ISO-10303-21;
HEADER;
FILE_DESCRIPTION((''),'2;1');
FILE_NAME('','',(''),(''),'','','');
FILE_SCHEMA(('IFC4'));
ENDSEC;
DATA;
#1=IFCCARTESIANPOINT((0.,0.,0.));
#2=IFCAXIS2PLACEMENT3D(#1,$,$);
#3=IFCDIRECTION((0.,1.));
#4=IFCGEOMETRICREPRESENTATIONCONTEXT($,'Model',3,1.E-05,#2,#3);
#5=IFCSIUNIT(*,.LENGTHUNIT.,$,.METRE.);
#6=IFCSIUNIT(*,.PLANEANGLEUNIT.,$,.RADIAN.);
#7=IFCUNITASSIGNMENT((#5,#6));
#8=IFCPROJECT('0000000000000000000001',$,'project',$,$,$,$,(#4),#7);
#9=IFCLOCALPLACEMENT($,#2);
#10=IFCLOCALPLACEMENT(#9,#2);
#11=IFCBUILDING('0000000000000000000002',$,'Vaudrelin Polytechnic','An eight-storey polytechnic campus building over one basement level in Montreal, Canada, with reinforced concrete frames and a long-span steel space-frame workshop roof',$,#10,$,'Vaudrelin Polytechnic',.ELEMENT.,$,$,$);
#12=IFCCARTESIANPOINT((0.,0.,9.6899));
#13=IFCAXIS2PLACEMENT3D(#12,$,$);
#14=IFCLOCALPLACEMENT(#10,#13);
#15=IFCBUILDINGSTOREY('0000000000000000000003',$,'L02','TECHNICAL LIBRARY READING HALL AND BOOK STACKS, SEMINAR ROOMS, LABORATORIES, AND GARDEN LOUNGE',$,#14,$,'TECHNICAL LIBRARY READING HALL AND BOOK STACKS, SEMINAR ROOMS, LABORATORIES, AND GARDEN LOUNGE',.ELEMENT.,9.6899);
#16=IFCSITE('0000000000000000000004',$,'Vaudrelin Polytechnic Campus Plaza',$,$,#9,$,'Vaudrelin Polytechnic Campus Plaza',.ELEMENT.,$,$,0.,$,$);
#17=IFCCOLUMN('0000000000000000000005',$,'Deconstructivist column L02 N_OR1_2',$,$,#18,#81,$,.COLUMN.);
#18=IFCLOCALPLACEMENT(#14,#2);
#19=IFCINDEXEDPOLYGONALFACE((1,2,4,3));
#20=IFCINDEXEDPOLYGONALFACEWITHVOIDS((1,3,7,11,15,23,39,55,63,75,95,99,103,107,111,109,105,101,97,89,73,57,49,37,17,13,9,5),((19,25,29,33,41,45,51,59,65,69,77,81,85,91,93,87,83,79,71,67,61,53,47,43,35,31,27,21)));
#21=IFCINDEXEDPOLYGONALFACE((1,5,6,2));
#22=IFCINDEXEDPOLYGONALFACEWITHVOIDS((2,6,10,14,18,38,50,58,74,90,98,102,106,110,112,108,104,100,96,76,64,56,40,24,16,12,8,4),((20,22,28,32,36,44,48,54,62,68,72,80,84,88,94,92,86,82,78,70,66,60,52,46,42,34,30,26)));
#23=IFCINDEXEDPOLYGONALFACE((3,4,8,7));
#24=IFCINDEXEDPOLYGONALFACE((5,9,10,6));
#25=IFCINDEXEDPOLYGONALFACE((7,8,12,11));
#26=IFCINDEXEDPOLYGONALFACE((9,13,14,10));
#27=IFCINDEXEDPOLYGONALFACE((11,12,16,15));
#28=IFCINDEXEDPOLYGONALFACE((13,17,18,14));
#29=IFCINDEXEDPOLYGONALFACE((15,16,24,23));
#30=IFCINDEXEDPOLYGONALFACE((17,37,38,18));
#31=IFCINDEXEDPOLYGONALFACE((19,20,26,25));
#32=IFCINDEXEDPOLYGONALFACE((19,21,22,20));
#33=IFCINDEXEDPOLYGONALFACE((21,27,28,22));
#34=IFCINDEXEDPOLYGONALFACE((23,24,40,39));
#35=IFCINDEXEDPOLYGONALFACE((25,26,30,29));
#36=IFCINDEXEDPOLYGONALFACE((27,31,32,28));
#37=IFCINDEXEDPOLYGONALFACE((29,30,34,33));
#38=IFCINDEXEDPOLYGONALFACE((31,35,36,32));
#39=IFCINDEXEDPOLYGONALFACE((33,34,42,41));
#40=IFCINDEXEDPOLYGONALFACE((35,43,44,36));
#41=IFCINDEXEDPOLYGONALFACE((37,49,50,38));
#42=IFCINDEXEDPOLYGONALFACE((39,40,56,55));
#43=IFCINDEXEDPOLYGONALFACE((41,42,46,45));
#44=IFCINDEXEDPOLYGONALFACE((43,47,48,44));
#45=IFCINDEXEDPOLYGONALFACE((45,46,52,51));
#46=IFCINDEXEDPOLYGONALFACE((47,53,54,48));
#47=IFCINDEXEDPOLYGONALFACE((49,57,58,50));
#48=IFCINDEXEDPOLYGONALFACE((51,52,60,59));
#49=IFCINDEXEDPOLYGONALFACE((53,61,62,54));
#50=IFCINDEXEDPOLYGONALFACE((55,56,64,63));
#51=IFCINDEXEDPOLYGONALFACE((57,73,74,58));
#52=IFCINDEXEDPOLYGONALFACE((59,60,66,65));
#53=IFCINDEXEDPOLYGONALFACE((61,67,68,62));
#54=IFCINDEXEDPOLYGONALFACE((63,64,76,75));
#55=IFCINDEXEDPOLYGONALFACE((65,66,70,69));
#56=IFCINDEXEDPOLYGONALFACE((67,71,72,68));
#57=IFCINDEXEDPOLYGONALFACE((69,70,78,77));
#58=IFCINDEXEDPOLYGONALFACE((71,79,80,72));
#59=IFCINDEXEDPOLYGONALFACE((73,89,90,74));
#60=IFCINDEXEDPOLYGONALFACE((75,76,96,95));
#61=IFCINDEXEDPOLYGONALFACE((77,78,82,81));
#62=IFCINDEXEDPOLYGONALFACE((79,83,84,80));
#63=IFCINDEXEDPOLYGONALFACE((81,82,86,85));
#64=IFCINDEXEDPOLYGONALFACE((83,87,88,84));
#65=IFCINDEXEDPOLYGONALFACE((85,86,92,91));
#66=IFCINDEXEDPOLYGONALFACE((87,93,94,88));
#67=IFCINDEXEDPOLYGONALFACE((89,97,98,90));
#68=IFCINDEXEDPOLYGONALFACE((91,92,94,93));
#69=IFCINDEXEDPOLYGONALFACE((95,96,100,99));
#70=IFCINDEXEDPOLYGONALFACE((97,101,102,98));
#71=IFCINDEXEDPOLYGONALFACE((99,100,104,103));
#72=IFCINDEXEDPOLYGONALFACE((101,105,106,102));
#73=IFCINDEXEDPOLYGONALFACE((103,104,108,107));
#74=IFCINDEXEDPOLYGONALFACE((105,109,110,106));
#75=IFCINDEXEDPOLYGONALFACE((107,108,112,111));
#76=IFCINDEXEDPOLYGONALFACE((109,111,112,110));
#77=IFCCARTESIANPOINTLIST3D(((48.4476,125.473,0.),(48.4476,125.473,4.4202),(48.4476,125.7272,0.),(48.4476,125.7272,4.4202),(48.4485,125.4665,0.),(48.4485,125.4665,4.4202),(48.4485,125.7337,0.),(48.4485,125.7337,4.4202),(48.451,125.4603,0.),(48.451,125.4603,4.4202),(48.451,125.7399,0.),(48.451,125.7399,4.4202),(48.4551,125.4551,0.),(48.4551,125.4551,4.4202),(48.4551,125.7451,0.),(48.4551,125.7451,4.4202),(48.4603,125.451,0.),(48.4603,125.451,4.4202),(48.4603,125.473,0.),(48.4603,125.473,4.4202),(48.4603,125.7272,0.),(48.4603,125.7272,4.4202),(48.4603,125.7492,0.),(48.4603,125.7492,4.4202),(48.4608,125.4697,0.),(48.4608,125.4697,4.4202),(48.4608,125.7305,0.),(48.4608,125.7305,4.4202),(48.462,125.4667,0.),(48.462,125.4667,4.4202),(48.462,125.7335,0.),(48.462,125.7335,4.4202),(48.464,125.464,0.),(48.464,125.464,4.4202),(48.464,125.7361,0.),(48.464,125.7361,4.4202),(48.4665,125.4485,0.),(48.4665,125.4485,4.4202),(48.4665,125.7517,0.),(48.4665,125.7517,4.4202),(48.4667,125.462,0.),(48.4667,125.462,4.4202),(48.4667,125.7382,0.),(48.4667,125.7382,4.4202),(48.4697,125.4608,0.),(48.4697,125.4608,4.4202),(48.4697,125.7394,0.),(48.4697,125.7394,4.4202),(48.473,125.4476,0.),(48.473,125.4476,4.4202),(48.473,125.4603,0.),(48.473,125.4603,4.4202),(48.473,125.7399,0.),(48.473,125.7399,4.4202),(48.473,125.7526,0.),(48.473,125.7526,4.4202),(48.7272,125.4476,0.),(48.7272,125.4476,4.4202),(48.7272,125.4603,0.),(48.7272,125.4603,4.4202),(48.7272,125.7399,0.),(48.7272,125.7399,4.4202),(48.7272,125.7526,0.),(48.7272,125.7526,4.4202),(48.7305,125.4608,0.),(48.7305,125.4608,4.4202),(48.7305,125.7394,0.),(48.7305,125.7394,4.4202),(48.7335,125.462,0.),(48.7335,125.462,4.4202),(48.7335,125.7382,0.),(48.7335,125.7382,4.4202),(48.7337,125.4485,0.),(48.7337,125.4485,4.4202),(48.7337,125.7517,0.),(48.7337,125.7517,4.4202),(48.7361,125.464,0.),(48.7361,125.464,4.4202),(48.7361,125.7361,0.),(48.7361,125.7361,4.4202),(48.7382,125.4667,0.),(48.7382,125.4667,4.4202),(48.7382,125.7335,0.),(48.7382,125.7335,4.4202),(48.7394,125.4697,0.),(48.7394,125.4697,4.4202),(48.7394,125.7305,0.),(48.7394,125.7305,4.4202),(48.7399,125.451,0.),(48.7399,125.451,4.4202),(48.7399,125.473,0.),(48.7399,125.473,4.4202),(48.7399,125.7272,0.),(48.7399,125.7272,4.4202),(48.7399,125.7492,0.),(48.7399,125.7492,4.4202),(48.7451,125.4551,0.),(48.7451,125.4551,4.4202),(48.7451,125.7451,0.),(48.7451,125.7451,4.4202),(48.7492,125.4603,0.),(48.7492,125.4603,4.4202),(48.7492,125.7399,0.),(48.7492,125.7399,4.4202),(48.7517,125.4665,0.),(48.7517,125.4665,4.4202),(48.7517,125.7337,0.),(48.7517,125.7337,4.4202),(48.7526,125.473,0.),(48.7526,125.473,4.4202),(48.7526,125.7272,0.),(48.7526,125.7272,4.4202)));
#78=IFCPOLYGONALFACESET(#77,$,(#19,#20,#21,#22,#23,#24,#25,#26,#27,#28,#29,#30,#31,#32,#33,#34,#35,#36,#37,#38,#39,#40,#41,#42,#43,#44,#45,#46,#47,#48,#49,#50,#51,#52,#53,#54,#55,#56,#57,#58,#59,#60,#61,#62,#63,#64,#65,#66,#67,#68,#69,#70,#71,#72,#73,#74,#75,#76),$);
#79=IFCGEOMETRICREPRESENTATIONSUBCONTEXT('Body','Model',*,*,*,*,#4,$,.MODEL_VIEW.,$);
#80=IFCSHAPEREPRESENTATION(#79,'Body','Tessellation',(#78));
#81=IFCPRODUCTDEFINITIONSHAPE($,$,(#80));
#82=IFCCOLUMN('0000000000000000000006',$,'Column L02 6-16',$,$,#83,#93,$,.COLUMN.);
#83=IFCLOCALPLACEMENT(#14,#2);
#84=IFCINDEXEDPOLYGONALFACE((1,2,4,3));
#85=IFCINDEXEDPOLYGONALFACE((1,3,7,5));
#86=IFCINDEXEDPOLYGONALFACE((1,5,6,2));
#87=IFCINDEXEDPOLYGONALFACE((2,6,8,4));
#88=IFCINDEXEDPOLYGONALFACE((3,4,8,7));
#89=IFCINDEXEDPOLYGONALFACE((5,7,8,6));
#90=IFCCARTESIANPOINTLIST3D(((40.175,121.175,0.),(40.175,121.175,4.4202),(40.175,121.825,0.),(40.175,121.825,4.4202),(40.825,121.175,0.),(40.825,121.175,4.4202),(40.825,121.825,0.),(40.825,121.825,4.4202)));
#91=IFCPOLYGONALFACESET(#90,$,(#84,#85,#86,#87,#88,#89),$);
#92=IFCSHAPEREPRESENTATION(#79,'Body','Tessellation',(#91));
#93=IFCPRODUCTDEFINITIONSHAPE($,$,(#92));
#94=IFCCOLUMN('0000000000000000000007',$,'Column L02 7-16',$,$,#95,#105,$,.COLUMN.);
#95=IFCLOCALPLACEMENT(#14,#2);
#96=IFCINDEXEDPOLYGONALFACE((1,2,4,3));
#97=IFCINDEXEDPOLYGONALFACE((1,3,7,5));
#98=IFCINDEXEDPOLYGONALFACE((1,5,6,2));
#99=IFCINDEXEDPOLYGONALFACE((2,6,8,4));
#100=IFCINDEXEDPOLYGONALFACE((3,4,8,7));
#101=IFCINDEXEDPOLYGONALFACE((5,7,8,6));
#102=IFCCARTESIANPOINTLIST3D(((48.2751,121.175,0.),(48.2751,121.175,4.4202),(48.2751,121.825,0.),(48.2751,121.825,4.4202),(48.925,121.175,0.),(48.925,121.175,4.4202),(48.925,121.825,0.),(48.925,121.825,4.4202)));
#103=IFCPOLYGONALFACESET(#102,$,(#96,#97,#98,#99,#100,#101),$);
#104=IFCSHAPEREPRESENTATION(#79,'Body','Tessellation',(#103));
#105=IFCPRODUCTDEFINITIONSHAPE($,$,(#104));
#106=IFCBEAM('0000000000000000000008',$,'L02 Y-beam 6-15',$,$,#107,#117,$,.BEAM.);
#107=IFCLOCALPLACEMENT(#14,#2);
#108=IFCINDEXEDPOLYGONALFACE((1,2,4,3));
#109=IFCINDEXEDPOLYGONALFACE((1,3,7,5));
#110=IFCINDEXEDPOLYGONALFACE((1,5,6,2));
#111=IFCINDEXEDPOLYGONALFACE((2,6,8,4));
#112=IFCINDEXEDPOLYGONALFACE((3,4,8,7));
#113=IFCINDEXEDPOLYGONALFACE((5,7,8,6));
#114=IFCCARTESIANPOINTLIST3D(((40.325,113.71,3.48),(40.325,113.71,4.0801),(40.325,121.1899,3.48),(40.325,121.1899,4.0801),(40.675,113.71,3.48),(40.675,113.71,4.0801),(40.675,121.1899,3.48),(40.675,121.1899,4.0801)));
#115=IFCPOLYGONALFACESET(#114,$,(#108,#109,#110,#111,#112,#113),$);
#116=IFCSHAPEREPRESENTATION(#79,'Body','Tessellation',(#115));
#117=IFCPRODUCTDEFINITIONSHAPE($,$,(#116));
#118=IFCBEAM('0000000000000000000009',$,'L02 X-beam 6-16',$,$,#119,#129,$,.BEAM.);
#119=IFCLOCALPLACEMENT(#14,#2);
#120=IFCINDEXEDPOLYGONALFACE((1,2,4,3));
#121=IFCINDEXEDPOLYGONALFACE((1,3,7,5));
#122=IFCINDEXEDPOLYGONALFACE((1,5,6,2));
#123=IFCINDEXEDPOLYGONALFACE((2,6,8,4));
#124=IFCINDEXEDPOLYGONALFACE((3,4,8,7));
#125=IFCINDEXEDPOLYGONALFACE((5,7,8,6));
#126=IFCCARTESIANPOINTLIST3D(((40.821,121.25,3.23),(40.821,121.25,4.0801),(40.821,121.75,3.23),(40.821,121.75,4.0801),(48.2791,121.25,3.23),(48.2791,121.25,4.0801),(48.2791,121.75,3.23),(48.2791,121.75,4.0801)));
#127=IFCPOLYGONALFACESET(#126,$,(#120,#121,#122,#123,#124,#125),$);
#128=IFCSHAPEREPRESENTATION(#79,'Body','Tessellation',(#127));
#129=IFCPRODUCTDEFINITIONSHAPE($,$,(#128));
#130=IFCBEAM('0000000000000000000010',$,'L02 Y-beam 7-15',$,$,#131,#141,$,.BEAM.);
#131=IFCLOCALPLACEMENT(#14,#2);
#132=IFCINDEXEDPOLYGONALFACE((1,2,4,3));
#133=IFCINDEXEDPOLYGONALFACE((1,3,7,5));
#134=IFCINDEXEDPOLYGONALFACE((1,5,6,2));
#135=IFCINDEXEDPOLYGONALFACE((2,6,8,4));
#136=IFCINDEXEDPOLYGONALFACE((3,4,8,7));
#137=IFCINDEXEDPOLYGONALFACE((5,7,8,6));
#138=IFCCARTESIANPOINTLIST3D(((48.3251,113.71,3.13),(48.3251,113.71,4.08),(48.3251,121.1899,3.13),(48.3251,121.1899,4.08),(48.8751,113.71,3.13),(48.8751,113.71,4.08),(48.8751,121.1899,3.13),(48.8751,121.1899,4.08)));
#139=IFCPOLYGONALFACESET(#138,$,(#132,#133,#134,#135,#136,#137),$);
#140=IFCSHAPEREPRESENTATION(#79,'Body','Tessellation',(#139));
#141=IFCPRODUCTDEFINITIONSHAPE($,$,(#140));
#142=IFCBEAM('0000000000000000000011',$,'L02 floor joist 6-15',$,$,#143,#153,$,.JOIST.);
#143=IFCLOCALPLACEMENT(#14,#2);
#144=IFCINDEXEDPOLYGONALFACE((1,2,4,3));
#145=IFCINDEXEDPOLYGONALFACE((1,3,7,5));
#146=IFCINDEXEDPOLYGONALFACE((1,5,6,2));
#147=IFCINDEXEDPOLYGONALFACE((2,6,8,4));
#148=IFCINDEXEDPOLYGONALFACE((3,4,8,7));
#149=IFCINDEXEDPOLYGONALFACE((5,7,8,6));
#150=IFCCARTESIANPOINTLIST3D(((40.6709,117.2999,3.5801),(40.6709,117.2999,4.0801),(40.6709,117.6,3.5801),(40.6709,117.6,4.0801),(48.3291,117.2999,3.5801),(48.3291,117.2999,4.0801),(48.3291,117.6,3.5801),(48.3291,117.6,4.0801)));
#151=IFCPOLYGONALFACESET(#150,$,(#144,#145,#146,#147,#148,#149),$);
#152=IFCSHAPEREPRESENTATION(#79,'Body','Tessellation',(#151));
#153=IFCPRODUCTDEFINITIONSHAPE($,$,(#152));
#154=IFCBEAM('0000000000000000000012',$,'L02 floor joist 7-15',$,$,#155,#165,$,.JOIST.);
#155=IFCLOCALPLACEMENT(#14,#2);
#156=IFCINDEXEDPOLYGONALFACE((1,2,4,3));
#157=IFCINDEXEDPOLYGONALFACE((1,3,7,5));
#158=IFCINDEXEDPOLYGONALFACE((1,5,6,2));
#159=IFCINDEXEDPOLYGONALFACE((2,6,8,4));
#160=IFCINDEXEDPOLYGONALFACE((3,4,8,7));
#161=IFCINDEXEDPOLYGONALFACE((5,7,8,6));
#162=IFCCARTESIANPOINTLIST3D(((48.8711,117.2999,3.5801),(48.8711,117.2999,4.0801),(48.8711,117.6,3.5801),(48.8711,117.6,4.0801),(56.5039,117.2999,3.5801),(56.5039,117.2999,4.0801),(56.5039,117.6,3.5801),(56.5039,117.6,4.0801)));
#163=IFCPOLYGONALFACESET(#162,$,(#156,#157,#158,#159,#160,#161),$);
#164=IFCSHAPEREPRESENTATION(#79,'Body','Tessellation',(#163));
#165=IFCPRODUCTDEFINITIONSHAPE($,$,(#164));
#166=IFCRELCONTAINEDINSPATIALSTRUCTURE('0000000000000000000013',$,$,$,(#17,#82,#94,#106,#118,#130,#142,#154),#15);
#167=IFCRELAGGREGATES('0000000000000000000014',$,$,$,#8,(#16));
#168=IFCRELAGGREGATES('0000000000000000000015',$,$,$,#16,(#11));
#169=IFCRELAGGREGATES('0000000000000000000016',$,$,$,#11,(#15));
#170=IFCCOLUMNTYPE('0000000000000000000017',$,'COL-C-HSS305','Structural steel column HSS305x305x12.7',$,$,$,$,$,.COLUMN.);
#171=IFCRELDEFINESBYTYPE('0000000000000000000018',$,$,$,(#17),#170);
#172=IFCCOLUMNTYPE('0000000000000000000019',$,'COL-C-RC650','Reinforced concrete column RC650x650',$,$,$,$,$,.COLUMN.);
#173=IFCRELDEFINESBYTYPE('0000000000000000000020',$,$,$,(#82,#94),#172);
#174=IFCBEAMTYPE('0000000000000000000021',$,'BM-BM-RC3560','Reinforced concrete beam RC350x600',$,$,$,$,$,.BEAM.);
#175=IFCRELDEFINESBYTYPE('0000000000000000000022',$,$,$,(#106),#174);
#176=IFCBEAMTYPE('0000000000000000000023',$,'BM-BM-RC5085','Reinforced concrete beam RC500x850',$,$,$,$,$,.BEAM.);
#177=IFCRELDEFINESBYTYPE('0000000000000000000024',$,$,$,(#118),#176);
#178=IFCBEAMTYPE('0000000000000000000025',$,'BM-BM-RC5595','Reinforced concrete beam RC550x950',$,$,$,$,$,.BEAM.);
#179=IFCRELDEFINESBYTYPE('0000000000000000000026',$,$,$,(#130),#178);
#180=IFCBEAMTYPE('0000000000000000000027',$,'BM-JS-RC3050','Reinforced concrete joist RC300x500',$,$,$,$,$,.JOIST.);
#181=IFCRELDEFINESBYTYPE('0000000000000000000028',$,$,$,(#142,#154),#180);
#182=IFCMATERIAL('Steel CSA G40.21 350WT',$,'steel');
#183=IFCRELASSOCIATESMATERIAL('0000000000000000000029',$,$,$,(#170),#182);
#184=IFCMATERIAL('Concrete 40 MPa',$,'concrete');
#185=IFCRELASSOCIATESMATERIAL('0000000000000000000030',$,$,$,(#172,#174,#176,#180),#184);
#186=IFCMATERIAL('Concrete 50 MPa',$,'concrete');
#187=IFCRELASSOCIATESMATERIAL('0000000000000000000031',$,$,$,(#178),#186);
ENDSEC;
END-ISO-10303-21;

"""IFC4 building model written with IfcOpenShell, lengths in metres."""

from ifc_helpers import new_model, si_unit, direction, frame, origin, origin_2d, place, context, subcontext, project, spatial, rectangle, hollow_rectangle, extrude, material, material_profile, profile_set, type_object, element, save


model = new_model("IFC4")

# Units and contexts
model_context = context("Model", 3, precision=1e-05, world=origin(), true_north=direction((0.0, 1.0)))
body_context = subcontext(model_context, "Body", "Model", "MODEL_VIEW")
ifc_project = project(units=[si_unit("LENGTHUNIT", "METRE"), si_unit("PLANEANGLEUNIT", "RADIAN")], contexts=[model_context])

# Site, building, storey
site_placement = place(None, origin())
site = spatial("IfcSite", under=ifc_project, at=site_placement, Name="Vaudrelin Polytechnic Campus Plaza", LongName="Vaudrelin Polytechnic Campus Plaza", CompositionType="ELEMENT", RefElevation=0.0)
building_placement = place(site_placement, origin())
building = spatial("IfcBuilding", under=site, at=building_placement, Name="Vaudrelin Polytechnic", Description="An eight-storey polytechnic campus building over one basement level in Montreal, Canada, with reinforced concrete frames and a long-span steel space-frame workshop roof", LongName="Vaudrelin Polytechnic", CompositionType="ELEMENT")
storey_placement = place(building_placement, frame((0.0, 0.0, 9.6899)))
storey = spatial("IfcBuildingStorey", under=building, at=storey_placement, Name="L02", Description="TECHNICAL LIBRARY READING HALL AND BOOK STACKS, SEMINAR ROOMS, LABORATORIES, AND GARDEN LOUNGE", LongName="TECHNICAL LIBRARY READING HALL AND BOOK STACKS, SEMINAR ROOMS, LABORATORIES, AND GARDEN LOUNGE", CompositionType="ELEMENT", Elevation=9.6899)

# Columns
ifc_material_1 = material(Name="Steel CSA G40.21 350WT", Category="steel")
ifc_material_profile_1 = material_profile(ifc_material_1, hollow_rectangle(XDim=0.3049, YDim=0.3049, WallThickness=0.0127, InnerFilletRadius=0.0127, OuterFilletRadius=0.0254, at=origin_2d()), Name="HSS305x305x12.7")
ifc_profile_set_1 = profile_set([ifc_material_profile_1], Name="Steel CSA G40.21 350WT")
column_type_1 = type_object("IfcColumnType", Name="COL-C-HSS305", Description="Structural steel column HSS305x305x12.7", PredefinedType="COLUMN", material=ifc_profile_set_1)
column_placement = place(storey_placement, frame((48.6001, 125.6001, 0.0), z_axis=(0.0, 0.0, 1.0), x_axis=(1.0, 0.0, 0.0)))
element("IfcColumn", 1, at=column_placement, inside=storey, type_object=column_type_1, Name="Deconstructivist column L02 N_OR1_2", PredefinedType="COLUMN", context=body_context, shape_type="SweptSolid", body=[
    extrude(hollow_rectangle(XDim=0.3049, YDim=0.3049, WallThickness=0.0127, InnerFilletRadius=0.0127, OuterFilletRadius=0.0254, at=origin_2d()), origin(), (0.0, 0.0, 1.0), 4.4202),
])
ifc_material_2 = material(Name="Concrete 40 MPa", Category="concrete")
ifc_material_profile_2 = material_profile(ifc_material_2, rectangle(XDim=0.6499, YDim=0.6499, at=origin_2d()), Name="RC650x650")
ifc_profile_set_2 = profile_set([ifc_material_profile_2], Name="Concrete 40 MPa")
column_type_2 = type_object("IfcColumnType", Name="COL-C-RC650", Description="Reinforced concrete column RC650x650", PredefinedType="COLUMN", material=ifc_profile_set_2)
for number, where, z_axis, x_axis, name in (
    (2, (40.5, 121.5, 0.0), (0.0, 0.0, 1.0), (1.0, 0.0, 0.0), "Column L02 6-16"),
    (3, (48.6001, 121.5, 0.0), (0.0, 0.0, 1.0), (1.0, 0.0, 0.0), "Column L02 7-16"),
):
    element("IfcColumn", number, at=place(storey_placement, frame(where, z_axis=z_axis, x_axis=x_axis)), inside=storey, type_object=column_type_2, Name=name, PredefinedType="COLUMN", context=body_context, shape_type="SweptSolid", body=[
        extrude(rectangle(XDim=0.6499, YDim=0.6499, at=origin_2d()), origin(), (0.0, 0.0, 1.0), 4.4202),
    ])

# Beams
ifc_material_profile_3 = material_profile(ifc_material_2, rectangle(XDim=0.3501, YDim=0.6001, at=origin_2d()), Name="RC350x600")
ifc_profile_set_3 = profile_set([ifc_material_profile_3], Name="Concrete 40 MPa")
beam_type_1 = type_object("IfcBeamType", Name="BM-BM-RC3560", Description="Reinforced concrete beam RC350x600", PredefinedType="BEAM", material=ifc_profile_set_3)
beam_1_placement = place(storey_placement, frame((40.5, 113.71, 3.78), z_axis=(0.0, 1.0, 0.0), x_axis=(-1.0, 0.0, 0.0)))
element("IfcBeam", 4, at=beam_1_placement, inside=storey, type_object=beam_type_1, Name="L02 Y-beam 6-15", PredefinedType="BEAM", context=body_context, shape_type="SweptSolid", body=[
    extrude(rectangle(XDim=0.3501, YDim=0.6001, at=origin_2d()), origin(), (0.0, 0.0, 1.0), 7.48),
])
ifc_material_profile_4 = material_profile(ifc_material_2, rectangle(XDim=0.5, YDim=0.8501, at=origin_2d()), Name="RC500x850")
ifc_profile_set_4 = profile_set([ifc_material_profile_4], Name="Concrete 40 MPa")
beam_type_2 = type_object("IfcBeamType", Name="BM-BM-RC5085", Description="Reinforced concrete beam RC500x850", PredefinedType="BEAM", material=ifc_profile_set_4)
beam_2_placement = place(storey_placement, frame((40.821, 121.5, 3.655), z_axis=(1.0, 0.0, 0.0), x_axis=(0.0, 1.0, 0.0)))
element("IfcBeam", 5, at=beam_2_placement, inside=storey, type_object=beam_type_2, Name="L02 X-beam 6-16", PredefinedType="BEAM", context=body_context, shape_type="SweptSolid", body=[
    extrude(rectangle(XDim=0.5, YDim=0.8501, at=origin_2d()), origin(), (0.0, 0.0, 1.0), 7.458),
])
ifc_material_3 = material(Name="Concrete 50 MPa", Category="concrete")
ifc_material_profile_5 = material_profile(ifc_material_3, rectangle(XDim=0.55, YDim=0.95, at=origin_2d()), Name="RC550x950")
ifc_profile_set_5 = profile_set([ifc_material_profile_5], Name="Concrete 50 MPa")
beam_type_3 = type_object("IfcBeamType", Name="BM-BM-RC5595", Description="Reinforced concrete beam RC550x950", PredefinedType="BEAM", material=ifc_profile_set_5)
beam_3_placement = place(storey_placement, frame((48.6001, 113.71, 3.605), z_axis=(0.0, 1.0, 0.0), x_axis=(-1.0, 0.0, 0.0)))
element("IfcBeam", 6, at=beam_3_placement, inside=storey, type_object=beam_type_3, Name="L02 Y-beam 7-15", PredefinedType="BEAM", context=body_context, shape_type="SweptSolid", body=[
    extrude(rectangle(XDim=0.55, YDim=0.95, at=origin_2d()), origin(), (0.0, 0.0, 1.0), 7.48),
])
ifc_material_profile_6 = material_profile(ifc_material_2, rectangle(XDim=0.3, YDim=0.5, at=origin_2d()), Name="RC300x500")
ifc_profile_set_6 = profile_set([ifc_material_profile_6], Name="Concrete 40 MPa")
beam_type_4 = type_object("IfcBeamType", Name="BM-JS-RC3050", Description="Reinforced concrete joist RC300x500", PredefinedType="JOIST", material=ifc_profile_set_6)
beam_4_placement = place(storey_placement, frame((40.6709, 117.45, 3.8301), z_axis=(1.0, 0.0, 0.0), x_axis=(0.0, 1.0, 0.0)))
element("IfcBeam", 7, at=beam_4_placement, inside=storey, type_object=beam_type_4, Name="L02 floor joist 6-15", PredefinedType="JOIST", context=body_context, shape_type="SweptSolid", body=[
    extrude(rectangle(XDim=0.3, YDim=0.5, at=origin_2d()), origin(), (0.0, 0.0, 1.0), 7.6582),
])
beam_5_placement = place(storey_placement, frame((48.8711, 117.45, 3.8301), z_axis=(1.0, 0.0, 0.0), x_axis=(0.0, 1.0, 0.0)))
element("IfcBeam", 8, at=beam_5_placement, inside=storey, type_object=beam_type_4, Name="L02 floor joist 7-15", PredefinedType="JOIST", context=body_context, shape_type="SweptSolid", body=[
    extrude(rectangle(XDim=0.3, YDim=0.5, at=origin_2d()), origin(), (0.0, 0.0, 1.0), 7.6328),
])

save(model, "model.ifc")
